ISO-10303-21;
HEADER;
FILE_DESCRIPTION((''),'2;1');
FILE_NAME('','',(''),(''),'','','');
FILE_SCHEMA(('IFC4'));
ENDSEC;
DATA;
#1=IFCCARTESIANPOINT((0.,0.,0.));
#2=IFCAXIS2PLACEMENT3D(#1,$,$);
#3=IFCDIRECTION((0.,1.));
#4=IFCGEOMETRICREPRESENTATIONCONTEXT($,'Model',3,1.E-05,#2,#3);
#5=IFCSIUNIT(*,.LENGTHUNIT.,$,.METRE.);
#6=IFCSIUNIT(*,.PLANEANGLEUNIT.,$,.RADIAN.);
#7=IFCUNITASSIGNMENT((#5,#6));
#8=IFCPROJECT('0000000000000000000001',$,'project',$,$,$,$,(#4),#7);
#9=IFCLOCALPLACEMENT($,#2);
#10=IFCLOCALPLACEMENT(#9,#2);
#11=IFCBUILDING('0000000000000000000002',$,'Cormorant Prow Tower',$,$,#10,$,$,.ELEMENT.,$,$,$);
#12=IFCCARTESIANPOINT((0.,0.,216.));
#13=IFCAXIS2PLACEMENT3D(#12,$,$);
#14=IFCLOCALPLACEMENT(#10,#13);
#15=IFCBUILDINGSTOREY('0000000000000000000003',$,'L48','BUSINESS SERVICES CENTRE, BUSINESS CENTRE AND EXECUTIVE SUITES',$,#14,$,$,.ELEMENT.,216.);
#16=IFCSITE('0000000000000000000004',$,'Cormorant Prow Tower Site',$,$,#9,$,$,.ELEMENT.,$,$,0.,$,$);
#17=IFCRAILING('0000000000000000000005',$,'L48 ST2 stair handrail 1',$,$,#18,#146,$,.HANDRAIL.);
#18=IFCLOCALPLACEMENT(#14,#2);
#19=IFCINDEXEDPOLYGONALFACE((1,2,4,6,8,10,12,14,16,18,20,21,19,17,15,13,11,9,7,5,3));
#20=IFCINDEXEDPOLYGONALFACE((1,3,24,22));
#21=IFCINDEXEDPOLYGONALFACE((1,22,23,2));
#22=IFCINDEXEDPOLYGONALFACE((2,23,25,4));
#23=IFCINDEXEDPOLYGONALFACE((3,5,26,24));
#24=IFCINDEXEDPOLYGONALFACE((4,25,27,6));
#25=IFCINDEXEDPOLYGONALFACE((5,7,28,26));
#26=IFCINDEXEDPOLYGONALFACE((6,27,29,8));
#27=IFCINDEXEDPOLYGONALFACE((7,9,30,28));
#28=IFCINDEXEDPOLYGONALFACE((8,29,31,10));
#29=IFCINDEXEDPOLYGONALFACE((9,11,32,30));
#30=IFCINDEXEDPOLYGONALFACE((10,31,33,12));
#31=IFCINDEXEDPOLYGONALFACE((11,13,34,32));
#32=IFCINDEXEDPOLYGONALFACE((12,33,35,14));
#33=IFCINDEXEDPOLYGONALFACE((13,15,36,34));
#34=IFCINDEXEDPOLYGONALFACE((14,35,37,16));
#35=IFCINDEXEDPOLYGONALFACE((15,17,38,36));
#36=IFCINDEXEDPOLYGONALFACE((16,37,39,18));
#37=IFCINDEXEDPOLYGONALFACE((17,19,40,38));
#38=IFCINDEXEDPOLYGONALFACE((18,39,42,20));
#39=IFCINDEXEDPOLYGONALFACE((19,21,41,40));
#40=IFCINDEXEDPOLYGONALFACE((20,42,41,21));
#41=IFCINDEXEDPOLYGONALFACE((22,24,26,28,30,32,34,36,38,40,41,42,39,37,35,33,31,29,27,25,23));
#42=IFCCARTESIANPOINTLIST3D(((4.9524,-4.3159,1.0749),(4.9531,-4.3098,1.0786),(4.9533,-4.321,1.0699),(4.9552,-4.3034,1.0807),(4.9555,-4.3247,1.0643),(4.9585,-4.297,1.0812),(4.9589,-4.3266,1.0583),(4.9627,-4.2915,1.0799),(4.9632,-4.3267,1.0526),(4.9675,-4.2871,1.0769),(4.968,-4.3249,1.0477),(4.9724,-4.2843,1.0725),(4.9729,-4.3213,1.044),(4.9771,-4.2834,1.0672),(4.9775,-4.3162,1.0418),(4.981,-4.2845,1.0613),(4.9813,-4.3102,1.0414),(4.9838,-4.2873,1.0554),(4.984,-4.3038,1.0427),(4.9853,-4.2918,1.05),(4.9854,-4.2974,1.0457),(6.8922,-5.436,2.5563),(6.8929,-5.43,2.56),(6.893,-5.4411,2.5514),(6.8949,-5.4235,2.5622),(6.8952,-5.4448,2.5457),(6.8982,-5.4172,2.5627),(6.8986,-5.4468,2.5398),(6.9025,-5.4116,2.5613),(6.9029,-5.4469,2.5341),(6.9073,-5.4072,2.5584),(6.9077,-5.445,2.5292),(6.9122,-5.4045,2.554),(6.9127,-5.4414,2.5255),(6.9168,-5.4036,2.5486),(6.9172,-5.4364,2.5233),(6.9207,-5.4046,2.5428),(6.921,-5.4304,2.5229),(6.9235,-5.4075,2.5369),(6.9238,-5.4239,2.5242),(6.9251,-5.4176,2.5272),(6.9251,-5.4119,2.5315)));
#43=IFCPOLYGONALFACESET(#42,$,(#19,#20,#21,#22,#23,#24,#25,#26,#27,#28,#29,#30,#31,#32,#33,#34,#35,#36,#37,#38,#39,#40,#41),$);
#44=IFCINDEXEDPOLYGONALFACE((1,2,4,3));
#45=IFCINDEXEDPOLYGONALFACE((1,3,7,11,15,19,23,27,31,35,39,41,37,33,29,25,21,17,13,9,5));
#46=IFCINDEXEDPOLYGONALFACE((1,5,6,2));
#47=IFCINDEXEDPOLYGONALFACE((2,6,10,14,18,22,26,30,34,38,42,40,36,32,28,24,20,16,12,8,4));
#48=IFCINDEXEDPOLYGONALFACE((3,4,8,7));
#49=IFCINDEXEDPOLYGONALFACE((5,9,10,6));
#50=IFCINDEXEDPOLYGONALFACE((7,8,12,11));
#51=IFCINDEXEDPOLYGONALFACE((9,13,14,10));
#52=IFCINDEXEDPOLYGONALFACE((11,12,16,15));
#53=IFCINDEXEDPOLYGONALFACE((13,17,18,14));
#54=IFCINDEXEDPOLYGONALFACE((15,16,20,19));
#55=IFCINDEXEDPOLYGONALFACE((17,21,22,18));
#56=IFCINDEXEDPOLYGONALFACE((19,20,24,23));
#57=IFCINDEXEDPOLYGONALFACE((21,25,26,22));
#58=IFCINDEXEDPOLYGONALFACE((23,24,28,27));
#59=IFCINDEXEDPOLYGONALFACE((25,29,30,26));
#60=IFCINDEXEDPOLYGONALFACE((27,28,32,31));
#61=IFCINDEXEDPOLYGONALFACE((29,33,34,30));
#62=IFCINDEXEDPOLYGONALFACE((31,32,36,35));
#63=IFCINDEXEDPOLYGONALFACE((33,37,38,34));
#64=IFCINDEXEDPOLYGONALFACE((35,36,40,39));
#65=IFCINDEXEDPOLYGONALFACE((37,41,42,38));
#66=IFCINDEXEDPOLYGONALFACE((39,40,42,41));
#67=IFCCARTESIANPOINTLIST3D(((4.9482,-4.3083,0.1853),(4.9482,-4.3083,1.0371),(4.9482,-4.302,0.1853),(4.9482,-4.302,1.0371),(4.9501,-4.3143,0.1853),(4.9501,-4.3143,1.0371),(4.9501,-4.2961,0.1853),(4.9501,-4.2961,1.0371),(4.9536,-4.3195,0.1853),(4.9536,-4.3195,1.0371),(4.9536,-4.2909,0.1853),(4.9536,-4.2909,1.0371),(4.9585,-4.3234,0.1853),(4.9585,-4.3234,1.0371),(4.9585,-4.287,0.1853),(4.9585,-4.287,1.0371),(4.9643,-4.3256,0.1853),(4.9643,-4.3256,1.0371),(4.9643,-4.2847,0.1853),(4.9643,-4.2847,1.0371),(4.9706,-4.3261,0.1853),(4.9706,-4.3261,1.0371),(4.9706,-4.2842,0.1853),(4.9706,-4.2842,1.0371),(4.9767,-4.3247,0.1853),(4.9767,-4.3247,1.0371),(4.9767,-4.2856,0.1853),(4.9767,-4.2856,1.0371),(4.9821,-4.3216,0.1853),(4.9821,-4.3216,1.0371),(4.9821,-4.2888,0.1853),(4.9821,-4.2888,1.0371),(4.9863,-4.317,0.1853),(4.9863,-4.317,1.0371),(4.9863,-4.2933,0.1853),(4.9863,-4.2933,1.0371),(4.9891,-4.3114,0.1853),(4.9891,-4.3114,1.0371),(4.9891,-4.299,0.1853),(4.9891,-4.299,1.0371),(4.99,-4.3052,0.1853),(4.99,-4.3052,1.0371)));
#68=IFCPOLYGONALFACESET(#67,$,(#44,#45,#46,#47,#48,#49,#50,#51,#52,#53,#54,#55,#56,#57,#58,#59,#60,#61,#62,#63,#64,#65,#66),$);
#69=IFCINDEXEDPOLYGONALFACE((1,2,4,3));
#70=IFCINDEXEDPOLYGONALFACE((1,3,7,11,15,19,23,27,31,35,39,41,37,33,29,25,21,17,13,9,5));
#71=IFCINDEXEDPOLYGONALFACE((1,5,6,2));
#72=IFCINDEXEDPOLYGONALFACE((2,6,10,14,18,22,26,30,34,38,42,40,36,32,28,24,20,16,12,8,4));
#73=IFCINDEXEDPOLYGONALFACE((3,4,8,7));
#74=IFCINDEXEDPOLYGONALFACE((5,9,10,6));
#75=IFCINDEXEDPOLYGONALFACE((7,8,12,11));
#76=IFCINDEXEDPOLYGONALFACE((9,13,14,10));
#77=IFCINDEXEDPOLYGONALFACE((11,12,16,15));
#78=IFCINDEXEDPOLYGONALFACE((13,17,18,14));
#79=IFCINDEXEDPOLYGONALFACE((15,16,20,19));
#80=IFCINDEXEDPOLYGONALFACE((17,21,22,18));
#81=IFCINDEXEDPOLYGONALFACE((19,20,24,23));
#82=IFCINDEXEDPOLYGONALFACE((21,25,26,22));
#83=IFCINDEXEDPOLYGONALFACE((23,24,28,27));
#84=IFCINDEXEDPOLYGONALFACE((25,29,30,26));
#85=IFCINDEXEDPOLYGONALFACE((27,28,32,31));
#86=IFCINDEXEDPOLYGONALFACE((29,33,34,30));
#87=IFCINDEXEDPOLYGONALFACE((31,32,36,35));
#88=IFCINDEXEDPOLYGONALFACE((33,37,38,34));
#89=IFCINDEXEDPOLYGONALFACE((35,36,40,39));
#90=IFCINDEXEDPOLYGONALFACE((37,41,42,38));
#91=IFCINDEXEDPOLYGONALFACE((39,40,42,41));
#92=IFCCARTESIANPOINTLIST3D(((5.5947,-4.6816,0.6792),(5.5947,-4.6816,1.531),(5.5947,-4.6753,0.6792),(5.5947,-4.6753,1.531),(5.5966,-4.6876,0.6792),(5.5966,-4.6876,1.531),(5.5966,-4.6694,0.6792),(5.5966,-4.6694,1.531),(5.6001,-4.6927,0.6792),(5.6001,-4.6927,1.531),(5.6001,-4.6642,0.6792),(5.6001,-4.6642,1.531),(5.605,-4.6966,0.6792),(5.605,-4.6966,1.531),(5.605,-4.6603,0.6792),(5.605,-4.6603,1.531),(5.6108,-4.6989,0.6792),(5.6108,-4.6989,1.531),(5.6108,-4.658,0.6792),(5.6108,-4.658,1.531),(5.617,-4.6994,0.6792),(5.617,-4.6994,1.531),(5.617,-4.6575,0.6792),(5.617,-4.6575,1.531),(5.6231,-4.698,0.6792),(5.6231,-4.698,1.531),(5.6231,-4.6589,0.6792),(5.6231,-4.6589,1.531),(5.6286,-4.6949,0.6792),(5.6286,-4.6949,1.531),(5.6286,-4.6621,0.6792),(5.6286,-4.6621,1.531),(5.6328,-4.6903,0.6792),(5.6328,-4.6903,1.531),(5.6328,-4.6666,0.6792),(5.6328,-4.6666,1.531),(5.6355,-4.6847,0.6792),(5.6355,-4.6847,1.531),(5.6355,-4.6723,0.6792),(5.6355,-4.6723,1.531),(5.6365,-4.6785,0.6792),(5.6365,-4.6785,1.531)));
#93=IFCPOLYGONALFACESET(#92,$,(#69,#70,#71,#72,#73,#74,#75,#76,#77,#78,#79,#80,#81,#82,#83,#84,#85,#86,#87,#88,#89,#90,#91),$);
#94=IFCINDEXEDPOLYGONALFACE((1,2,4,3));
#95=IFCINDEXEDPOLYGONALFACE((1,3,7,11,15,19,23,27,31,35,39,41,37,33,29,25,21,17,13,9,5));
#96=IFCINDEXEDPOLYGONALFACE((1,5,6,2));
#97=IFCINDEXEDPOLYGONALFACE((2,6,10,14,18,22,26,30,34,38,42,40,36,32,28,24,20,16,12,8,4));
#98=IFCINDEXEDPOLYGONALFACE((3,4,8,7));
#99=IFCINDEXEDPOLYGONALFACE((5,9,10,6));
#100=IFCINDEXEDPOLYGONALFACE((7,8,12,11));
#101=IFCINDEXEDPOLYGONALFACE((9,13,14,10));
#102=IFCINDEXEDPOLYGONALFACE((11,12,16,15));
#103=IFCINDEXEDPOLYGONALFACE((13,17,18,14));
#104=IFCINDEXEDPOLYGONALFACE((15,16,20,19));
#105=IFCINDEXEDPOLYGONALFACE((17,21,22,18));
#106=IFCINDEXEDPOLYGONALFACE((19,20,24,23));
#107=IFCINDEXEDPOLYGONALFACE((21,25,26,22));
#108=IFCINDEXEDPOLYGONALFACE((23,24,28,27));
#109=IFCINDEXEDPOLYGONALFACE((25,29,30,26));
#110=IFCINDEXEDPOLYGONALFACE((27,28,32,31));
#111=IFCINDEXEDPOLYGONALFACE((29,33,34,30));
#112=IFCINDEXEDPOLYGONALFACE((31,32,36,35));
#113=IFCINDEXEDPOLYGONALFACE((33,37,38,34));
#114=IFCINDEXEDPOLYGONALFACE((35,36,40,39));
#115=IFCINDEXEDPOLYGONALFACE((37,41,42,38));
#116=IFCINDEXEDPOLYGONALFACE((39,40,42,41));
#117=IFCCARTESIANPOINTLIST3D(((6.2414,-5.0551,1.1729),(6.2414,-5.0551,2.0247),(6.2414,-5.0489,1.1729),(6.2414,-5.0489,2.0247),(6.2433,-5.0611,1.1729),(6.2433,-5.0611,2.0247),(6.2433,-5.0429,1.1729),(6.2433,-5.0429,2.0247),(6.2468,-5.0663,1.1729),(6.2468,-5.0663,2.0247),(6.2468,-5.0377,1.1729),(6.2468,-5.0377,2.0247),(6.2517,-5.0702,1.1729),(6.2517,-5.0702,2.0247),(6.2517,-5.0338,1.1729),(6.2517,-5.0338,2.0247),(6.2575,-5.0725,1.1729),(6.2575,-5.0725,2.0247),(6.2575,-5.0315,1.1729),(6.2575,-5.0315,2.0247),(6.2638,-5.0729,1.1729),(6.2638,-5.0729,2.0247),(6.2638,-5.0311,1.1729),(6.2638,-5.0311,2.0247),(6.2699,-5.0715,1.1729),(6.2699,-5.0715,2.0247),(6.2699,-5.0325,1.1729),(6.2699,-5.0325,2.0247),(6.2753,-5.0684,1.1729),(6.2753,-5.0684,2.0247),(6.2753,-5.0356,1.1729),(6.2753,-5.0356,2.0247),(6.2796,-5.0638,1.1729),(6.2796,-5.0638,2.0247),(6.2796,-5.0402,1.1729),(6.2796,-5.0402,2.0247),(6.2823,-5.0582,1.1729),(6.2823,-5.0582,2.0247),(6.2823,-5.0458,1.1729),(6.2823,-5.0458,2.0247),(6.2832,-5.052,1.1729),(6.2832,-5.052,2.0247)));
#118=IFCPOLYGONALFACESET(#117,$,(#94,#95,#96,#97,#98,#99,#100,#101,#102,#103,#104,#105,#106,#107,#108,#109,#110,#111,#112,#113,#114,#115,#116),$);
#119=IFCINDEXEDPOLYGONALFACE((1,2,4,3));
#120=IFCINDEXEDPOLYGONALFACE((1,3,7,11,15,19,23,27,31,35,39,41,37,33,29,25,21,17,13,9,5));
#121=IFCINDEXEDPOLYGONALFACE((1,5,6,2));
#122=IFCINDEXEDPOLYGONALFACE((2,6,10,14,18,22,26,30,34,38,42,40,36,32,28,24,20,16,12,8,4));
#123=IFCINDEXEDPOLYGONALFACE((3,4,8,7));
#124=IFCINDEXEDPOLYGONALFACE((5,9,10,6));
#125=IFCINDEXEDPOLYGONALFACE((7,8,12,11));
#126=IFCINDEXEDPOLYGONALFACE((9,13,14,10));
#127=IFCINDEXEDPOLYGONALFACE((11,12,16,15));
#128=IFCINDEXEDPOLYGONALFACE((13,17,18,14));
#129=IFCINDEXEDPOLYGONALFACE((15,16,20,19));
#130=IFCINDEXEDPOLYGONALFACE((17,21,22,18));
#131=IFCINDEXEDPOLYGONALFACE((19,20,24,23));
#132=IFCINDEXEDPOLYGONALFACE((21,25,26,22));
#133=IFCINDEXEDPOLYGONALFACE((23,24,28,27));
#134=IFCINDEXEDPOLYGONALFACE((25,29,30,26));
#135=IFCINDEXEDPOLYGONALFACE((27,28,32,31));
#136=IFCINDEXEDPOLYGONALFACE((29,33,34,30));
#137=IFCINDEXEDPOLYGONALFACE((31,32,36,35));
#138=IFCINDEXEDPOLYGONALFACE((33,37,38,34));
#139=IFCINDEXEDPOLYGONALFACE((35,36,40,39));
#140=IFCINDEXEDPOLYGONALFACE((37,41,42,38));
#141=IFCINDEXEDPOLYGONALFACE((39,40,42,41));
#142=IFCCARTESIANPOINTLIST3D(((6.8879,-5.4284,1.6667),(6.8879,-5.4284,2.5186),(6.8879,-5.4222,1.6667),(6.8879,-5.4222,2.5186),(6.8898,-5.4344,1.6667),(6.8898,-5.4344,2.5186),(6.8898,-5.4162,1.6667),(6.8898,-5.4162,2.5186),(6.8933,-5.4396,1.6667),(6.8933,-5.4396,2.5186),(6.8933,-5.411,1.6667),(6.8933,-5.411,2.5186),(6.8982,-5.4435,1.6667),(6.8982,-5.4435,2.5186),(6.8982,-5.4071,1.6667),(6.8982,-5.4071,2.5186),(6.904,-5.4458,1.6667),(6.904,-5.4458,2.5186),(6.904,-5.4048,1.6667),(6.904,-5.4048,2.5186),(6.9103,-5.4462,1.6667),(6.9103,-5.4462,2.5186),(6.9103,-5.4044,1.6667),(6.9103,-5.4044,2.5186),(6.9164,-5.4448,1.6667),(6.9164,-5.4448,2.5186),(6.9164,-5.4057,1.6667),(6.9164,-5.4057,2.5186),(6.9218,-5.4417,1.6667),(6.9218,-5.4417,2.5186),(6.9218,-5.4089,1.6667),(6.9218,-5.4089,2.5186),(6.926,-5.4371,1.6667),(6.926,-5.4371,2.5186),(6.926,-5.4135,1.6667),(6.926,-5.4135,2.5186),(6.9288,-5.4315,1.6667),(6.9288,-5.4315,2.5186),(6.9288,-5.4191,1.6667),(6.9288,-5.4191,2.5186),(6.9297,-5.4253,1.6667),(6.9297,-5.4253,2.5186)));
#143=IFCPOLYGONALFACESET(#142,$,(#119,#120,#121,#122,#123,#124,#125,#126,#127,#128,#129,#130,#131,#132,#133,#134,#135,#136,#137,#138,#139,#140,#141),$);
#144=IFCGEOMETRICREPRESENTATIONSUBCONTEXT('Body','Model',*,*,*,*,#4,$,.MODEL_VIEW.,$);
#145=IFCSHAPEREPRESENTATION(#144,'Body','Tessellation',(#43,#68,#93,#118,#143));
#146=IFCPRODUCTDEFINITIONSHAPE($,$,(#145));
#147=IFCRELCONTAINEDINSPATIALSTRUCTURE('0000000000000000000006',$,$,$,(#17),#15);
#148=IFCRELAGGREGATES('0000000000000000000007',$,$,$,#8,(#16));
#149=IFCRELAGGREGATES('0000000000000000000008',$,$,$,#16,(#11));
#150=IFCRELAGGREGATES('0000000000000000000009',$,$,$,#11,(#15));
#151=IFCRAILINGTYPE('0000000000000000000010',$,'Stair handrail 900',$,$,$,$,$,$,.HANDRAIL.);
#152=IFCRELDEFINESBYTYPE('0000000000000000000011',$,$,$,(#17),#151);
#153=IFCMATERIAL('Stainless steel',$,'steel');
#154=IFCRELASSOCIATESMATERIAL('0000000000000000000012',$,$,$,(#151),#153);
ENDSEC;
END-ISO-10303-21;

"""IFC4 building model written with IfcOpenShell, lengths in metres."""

from ifc_helpers import new_model, si_unit, direction, frame, origin, origin_2d, place, context, subcontext, project, spatial, circle, extrude, material, type_object, element, save


model = new_model("IFC4")

# Units and contexts
model_context = context("Model", 3, precision=1e-05, world=origin(), true_north=direction((0.0, 1.0)))
body_context = subcontext(model_context, "Body", "Model", "MODEL_VIEW")
ifc_project = project(units=[si_unit("LENGTHUNIT", "METRE"), si_unit("PLANEANGLEUNIT", "RADIAN")], contexts=[model_context])

# Site, building, storey
site_placement = place(None, origin())
site = spatial("IfcSite", under=ifc_project, at=site_placement, Name="Cormorant Prow Tower Site", CompositionType="ELEMENT", RefElevation=0.0)
building_placement = place(site_placement, origin())
building = spatial("IfcBuilding", under=site, at=building_placement, Name="Cormorant Prow Tower", CompositionType="ELEMENT")
storey_placement = place(building_placement, frame((0.0, 0.0, 216.0)))
storey = spatial("IfcBuildingStorey", under=building, at=storey_placement, Name="L48", Description="BUSINESS SERVICES CENTRE, BUSINESS CENTRE AND EXECUTIVE SUITES", CompositionType="ELEMENT", Elevation=216.0)

# Railing
ifc_material_1 = material(Name="Stainless steel", Category="steel")
railing_type = type_object("IfcRailingType", Name="Stair handrail 900", PredefinedType="HANDRAIL", material=ifc_material_1)
railing_placement = place(storey_placement, frame((4.969, -4.3052, 0.1853)))
element("IfcRailing", 1, at=railing_placement, inside=storey, type_object=railing_type, Name="L48 ST2 stair handrail 1", PredefinedType="HANDRAIL", context=body_context, shape_type="SweptSolid", body=[
    extrude(circle(Radius=0.0239, at=origin_2d()), frame((0.0, 0.0, 0.876), z_axis=(0.722292, -0.417102, 0.551651), x_axis=(0.500078, 0.86598, 0.0)), (0.0, 0.0, 1.0), 2.6855),
    extrude(circle(Radius=0.021, at=origin_2d()), origin(), (0.0, 0.0, 1.0), 0.8518),
    extrude(circle(Radius=0.021, at=origin_2d()), frame((0.6465, -0.3733, 0.4939)), (0.0, 0.0, 1.0), 0.8518),
    extrude(circle(Radius=0.021, at=origin_2d()), frame((1.2932, -0.7468, 0.9875)), (0.0, 0.0, 1.0), 0.8518),
    extrude(circle(Radius=0.021, at=origin_2d()), frame((1.9397, -1.1201, 1.4814)), (0.0, 0.0, 1.0), 0.8518),
])

save(model, "model.ifc")
